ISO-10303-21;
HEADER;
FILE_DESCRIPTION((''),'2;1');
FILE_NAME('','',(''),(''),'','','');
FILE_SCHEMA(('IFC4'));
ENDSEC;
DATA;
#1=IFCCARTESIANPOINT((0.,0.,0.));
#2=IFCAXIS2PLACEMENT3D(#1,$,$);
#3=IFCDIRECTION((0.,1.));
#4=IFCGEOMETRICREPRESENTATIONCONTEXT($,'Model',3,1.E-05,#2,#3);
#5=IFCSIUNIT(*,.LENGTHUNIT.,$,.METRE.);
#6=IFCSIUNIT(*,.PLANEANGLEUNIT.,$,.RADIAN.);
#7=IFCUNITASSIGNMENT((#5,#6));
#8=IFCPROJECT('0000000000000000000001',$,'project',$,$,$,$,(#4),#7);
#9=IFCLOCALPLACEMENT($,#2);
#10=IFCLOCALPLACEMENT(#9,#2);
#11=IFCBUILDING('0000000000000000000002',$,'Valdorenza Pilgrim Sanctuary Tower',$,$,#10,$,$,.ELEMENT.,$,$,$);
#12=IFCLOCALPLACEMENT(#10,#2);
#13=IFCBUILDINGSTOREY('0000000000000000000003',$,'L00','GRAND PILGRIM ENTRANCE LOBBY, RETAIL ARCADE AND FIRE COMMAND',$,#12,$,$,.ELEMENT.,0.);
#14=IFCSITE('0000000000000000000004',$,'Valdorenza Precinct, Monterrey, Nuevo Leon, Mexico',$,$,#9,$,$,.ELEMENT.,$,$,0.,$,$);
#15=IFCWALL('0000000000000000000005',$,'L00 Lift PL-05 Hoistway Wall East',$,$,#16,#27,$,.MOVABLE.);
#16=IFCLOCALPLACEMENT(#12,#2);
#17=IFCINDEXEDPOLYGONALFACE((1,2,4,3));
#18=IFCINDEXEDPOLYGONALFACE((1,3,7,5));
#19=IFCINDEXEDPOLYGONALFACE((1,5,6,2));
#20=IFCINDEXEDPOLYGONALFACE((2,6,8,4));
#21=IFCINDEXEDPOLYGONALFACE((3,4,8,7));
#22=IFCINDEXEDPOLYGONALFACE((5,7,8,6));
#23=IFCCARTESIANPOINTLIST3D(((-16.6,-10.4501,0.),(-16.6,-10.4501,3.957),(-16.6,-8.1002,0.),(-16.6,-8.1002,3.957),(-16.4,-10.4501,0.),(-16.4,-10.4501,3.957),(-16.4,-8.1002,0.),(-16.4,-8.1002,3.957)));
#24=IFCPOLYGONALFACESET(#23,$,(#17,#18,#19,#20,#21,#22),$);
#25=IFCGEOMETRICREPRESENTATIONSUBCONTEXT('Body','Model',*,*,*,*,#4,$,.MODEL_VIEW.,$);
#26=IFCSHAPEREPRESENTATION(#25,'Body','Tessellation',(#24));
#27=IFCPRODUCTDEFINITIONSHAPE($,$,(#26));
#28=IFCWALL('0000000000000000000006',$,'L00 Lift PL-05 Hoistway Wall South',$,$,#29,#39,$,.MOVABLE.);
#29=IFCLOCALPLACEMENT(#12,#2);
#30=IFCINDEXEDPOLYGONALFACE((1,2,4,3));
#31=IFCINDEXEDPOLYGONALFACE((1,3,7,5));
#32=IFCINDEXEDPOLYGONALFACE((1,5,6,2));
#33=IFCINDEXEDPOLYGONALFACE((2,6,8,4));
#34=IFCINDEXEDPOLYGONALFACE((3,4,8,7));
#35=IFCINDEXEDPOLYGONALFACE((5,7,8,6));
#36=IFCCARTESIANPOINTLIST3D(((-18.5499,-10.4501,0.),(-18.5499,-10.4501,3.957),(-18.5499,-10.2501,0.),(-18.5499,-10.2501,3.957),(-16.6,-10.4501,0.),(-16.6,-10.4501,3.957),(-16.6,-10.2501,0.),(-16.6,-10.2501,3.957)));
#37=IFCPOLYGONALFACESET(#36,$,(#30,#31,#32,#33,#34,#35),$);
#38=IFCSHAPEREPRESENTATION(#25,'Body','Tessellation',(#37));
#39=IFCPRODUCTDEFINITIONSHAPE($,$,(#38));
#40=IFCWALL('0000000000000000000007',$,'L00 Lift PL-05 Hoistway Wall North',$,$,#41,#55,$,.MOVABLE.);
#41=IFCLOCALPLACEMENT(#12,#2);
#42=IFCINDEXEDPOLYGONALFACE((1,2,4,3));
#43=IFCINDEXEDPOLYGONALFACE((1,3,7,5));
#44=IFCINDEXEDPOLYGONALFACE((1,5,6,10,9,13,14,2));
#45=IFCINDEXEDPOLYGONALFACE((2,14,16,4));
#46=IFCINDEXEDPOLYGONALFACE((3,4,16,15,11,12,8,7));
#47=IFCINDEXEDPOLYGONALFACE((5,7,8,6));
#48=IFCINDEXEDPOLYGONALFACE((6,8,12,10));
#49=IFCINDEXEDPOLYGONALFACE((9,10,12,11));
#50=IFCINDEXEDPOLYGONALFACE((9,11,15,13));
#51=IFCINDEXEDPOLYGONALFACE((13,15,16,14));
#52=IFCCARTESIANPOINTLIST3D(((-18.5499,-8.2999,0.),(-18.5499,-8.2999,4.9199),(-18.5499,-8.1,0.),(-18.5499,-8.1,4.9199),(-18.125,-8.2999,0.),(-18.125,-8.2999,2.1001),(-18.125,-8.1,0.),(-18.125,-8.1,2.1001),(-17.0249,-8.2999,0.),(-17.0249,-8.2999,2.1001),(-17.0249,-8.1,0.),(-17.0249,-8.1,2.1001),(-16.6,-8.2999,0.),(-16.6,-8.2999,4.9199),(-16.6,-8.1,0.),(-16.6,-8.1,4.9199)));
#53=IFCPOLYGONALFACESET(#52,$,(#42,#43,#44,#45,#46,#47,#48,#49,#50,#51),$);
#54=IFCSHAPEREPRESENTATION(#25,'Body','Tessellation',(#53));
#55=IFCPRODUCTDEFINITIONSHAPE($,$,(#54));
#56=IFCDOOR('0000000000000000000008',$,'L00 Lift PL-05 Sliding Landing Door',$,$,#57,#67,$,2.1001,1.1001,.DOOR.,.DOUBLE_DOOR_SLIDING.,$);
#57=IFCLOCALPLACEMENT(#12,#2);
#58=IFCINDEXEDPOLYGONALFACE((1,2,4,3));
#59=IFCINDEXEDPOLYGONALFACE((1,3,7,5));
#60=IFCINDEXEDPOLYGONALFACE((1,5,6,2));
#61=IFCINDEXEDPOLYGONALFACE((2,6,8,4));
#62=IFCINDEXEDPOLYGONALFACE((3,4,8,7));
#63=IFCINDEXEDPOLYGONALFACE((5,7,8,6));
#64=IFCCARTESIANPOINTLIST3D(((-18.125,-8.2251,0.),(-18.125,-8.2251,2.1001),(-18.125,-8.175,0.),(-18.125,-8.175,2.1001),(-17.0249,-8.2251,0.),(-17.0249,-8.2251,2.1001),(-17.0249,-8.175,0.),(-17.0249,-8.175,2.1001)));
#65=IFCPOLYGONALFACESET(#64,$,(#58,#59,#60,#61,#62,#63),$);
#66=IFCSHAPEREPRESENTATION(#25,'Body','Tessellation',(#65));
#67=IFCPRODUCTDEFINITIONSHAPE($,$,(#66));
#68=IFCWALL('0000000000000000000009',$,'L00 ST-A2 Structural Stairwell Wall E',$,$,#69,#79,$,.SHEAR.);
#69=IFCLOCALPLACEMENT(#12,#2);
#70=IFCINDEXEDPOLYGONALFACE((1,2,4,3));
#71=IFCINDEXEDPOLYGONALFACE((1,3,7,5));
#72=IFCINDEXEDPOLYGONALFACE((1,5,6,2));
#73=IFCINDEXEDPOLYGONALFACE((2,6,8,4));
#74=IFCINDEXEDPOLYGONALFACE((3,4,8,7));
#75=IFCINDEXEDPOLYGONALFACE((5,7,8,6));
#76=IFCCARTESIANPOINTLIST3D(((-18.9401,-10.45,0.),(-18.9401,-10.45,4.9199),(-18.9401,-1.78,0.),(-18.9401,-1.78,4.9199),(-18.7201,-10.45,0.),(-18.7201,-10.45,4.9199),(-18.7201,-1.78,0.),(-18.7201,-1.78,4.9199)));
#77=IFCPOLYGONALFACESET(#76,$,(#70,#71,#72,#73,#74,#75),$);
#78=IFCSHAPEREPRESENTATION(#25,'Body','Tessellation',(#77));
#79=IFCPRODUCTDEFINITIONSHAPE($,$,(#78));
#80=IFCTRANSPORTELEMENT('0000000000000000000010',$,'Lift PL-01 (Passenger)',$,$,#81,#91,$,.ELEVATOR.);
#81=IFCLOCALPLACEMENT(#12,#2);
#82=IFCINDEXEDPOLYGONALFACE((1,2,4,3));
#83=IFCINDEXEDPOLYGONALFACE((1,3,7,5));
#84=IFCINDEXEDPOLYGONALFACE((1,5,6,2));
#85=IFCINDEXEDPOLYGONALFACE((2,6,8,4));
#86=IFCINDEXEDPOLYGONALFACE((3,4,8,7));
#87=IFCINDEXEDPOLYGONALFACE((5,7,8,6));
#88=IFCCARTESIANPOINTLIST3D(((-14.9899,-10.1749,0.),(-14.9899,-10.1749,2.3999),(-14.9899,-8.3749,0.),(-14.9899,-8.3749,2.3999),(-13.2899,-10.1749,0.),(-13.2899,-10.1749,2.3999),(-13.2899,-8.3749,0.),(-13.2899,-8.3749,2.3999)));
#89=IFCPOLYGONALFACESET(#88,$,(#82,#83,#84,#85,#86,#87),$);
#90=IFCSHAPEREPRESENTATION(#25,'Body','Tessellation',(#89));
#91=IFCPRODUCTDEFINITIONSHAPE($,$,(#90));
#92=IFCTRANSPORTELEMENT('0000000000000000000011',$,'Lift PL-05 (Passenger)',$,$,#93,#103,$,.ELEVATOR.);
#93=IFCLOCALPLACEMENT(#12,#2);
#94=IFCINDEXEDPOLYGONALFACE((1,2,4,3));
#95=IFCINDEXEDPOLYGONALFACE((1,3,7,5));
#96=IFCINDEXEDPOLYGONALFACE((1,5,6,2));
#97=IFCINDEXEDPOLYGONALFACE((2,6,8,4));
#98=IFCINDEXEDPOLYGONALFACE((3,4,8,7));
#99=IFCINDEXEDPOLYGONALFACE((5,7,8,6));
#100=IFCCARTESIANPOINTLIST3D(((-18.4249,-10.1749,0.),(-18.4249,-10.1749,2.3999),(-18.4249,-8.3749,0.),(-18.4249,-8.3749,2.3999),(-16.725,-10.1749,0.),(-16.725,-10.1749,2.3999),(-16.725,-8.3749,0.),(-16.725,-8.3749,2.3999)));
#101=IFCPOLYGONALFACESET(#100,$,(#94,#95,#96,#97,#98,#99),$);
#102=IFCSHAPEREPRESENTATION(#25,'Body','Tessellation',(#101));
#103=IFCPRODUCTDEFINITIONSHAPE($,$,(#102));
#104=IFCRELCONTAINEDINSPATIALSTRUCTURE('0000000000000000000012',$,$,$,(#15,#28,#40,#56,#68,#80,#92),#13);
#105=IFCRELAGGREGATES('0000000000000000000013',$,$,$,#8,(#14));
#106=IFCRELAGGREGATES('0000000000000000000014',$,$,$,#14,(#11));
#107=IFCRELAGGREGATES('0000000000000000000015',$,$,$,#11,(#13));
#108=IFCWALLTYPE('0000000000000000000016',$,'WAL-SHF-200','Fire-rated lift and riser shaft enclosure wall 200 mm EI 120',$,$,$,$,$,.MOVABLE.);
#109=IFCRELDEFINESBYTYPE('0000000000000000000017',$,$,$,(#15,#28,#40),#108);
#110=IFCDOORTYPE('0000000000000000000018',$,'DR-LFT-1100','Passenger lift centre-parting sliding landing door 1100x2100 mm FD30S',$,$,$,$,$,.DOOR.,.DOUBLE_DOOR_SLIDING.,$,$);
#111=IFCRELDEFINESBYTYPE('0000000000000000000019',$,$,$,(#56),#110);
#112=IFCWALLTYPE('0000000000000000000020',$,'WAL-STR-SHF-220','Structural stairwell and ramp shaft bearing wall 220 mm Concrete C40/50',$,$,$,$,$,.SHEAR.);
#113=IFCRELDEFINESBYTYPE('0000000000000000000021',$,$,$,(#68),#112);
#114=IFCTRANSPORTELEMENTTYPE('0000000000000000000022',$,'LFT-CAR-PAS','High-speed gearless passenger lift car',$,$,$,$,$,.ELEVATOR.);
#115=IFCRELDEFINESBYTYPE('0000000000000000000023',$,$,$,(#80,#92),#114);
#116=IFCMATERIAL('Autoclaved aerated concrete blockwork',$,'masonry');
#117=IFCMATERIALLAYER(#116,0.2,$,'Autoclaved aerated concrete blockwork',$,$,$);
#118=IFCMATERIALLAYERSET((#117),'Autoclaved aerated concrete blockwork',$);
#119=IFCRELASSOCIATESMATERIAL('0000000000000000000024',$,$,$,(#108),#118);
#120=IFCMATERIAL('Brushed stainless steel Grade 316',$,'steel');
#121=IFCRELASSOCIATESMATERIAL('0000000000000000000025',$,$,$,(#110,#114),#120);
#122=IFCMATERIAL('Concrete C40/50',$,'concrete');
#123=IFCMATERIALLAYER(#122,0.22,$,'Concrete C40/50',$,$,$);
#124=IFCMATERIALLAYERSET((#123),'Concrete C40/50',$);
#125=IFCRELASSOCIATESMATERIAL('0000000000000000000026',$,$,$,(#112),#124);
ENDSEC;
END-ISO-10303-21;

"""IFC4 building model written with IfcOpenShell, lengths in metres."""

from ifc_helpers import new_model, si_unit, direction, frame, frame_2d, origin, origin_2d, place, context, subcontext, project, spatial, rectangle, extrude, source, transform, mapped, material, layer, layer_set, type_object, element, fill, save


model = new_model("IFC4")

# Units and contexts
model_context = context("Model", 3, precision=1e-05, world=origin(), true_north=direction((0.0, 1.0)))
body_context = subcontext(model_context, "Body", "Model", "MODEL_VIEW")
ifc_project = project(units=[si_unit("LENGTHUNIT", "METRE"), si_unit("PLANEANGLEUNIT", "RADIAN")], contexts=[model_context])

# Site, building, storey
site_placement = place(None, origin())
site = spatial("IfcSite", under=ifc_project, at=site_placement, Name="Valdorenza Precinct, Monterrey, Nuevo Leon, Mexico", CompositionType="ELEMENT", RefElevation=0.0)
building_placement = place(site_placement, origin())
building = spatial("IfcBuilding", under=site, at=building_placement, Name="Valdorenza Pilgrim Sanctuary Tower", CompositionType="ELEMENT")
storey_placement = place(building_placement, origin())
storey = spatial("IfcBuildingStorey", under=building, at=storey_placement, Name="L00", Description="GRAND PILGRIM ENTRANCE LOBBY, RETAIL ARCADE AND FIRE COMMAND", CompositionType="ELEMENT", Elevation=0.0)

# Shared definitions
ifc_material_1 = material(Name="Autoclaved aerated concrete blockwork", Category="masonry")
ifc_layer_1 = layer(ifc_material_1, 0.2, Name="Autoclaved aerated concrete blockwork")
ifc_layer_set_1 = layer_set([ifc_layer_1], Name="Autoclaved aerated concrete blockwork")
wall_type_1 = type_object("IfcWallType", Name="WAL-SHF-200", Description="Fire-rated lift and riser shaft enclosure wall 200 mm EI 120", PredefinedType="MOVABLE", material=ifc_layer_set_1)

# Shared definitions
ifc_material_2 = material(Name="Brushed stainless steel Grade 316", Category="steel")
door_type = type_object("IfcDoorType", Name="DR-LFT-1100", Description="Passenger lift centre-parting sliding landing door 1100x2100 mm FD30S", OperationType="DOUBLE_DOOR_SLIDING", PredefinedType="DOOR", material=ifc_material_2)

# Walls
for number, where, z_axis, x_axis, name in (
    (1, (-16.5, -10.45, 0.0), (0.0, 0.0, 1.0), (0.0, 1.0, 0.0), "L00 Lift PL-05 Hoistway Wall East"),
):
    element("IfcWall", number, at=place(storey_placement, frame(where, z_axis=z_axis, x_axis=x_axis)), inside=storey, type_object=wall_type_1, Name=name, PredefinedType="MOVABLE", context=body_context, shape_type="SweptSolid", body=[
        extrude(rectangle(XDim=2.3499, YDim=0.2, at=frame_2d((1.1748, 0.0))), origin(), (0.0, 0.0, 1.0), 3.957),
    ])
wall_1_placement = place(storey_placement, frame((-18.55, -10.3501, 0.0), z_axis=(0.0, 0.0, 1.0), x_axis=(1.0, 0.0, 0.0)))
element("IfcWall", 2, at=wall_1_placement, inside=storey, type_object=wall_type_1, Name="L00 Lift PL-05 Hoistway Wall South", PredefinedType="MOVABLE", context=body_context, shape_type="SweptSolid", body=[
    extrude(rectangle(XDim=1.95, YDim=0.2, at=frame_2d((0.9751, 0.0))), origin(), (0.0, 0.0, 1.0), 3.957),
])

# Wall, opening, door
wall_2_placement = place(storey_placement, frame((-18.55, -8.2, 0.0), z_axis=(0.0, 0.0, 1.0), x_axis=(1.0, 0.0, 0.0)))
wall_2 = element("IfcWall", 3, at=wall_2_placement, inside=storey, type_object=wall_type_1, Name="L00 Lift PL-05 Hoistway Wall North", PredefinedType="MOVABLE", context=body_context, shape_type="SweptSolid", body=[
    extrude(rectangle(XDim=1.95, YDim=0.2, at=frame_2d((0.9751, 0.0))), origin(), (0.0, 0.0, 1.0), 4.9199),
])
opening_1_placement = place(wall_2_placement, frame((0.425, 0.0, 0.0)))
opening_1 = element("IfcOpeningElement", 4, at=opening_1_placement, cuts=wall_2, PredefinedType="OPENING", context=body_context, shape_type="SweptSolid", body=[
    extrude(rectangle(XDim=1.1001, YDim=2.1001, at=frame_2d((0.55, 1.05))), frame((0.0, 0.1147, 0.0), z_axis=(0.0, -1.0, 0.0), x_axis=(1.0, 0.0, 0.0)), (0.0, 0.0, 1.0), 0.2297),
])
door_1_placement = place(opening_1_placement, origin())
door_1 = element("IfcDoor", 5, at=door_1_placement, inside=storey, type_object=door_type, Name="L00 Lift PL-05 Sliding Landing Door", OperationType="DOUBLE_DOOR_SLIDING", OverallHeight=2.1001, OverallWidth=1.1001, PredefinedType="DOOR", context=body_context, shape_type="SweptSolid", body=[
    extrude(rectangle(XDim=1.1001, YDim=2.1001, at=frame_2d((0.55, 1.05))), frame((0.0, 0.0249, 0.0), z_axis=(0.0, -1.0, 0.0), x_axis=(1.0, 0.0, 0.0)), (0.0, 0.0, 1.0), 0.05),
])
fill(opening_1, door_1)

# Wall
ifc_material_3 = material(Name="Concrete C40/50", Category="concrete")
ifc_layer_2 = layer(ifc_material_3, 0.22, Name="Concrete C40/50")
ifc_layer_set_2 = layer_set([ifc_layer_2], Name="Concrete C40/50")
wall_type_2 = type_object("IfcWallType", Name="WAL-STR-SHF-220", Description="Structural stairwell and ramp shaft bearing wall 220 mm Concrete C40/50", PredefinedType="SHEAR", material=ifc_layer_set_2)
wall_3_placement = place(storey_placement, frame((-18.8301, -10.45, 0.0), z_axis=(0.0, 0.0, 1.0), x_axis=(0.0, 1.0, 0.0)))
element("IfcWall", 6, at=wall_3_placement, inside=storey, type_object=wall_type_2, Name="L00 ST-A2 Structural Stairwell Wall E", PredefinedType="SHEAR", context=body_context, shape_type="SweptSolid", body=[
    extrude(rectangle(XDim=8.6699, YDim=0.22, at=frame_2d((4.335, 0.0))), origin(), (0.0, 0.0, 1.0), 4.9199),
])

# Transport elements
transport_element_type = type_object("IfcTransportElementType", Name="LFT-CAR-PAS", Description="High-speed gearless passenger lift car", PredefinedType="ELEVATOR", material=ifc_material_2)
shared_shape_1 = source(origin(), body_context, "Body", "SweptSolid", [
    extrude(rectangle(XDim=1.7, YDim=1.8, at=origin_2d()), origin(), (0.0, 0.0, 1.0), 2.3999),
])
for number, where, z_axis, x_axis, name in (
    (7, (-14.1399, -9.2749, 0.0), (0.0, 0.0, 1.0), (1.0, 0.0, 0.0), "Lift PL-01 (Passenger)"),
    (8, (-17.575, -9.2749, 0.0), (0.0, 0.0, 1.0), (1.0, 0.0, 0.0), "Lift PL-05 (Passenger)"),
):
    element("IfcTransportElement", number, at=place(storey_placement, frame(where, z_axis=z_axis, x_axis=x_axis)), inside=storey, type_object=transport_element_type, Name=name, PredefinedType="ELEVATOR", context=body_context, shape_type="MappedRepresentation", body=[
        mapped(shared_shape_1, transform((0.0, 0.0, 0.0), x_axis=(1.0, 0.0, 0.0), y_axis=(0.0, 1.0, 0.0), z_axis=(0.0, 0.0, 1.0), scale=1.0)),
    ])

save(model, "model.ifc")
